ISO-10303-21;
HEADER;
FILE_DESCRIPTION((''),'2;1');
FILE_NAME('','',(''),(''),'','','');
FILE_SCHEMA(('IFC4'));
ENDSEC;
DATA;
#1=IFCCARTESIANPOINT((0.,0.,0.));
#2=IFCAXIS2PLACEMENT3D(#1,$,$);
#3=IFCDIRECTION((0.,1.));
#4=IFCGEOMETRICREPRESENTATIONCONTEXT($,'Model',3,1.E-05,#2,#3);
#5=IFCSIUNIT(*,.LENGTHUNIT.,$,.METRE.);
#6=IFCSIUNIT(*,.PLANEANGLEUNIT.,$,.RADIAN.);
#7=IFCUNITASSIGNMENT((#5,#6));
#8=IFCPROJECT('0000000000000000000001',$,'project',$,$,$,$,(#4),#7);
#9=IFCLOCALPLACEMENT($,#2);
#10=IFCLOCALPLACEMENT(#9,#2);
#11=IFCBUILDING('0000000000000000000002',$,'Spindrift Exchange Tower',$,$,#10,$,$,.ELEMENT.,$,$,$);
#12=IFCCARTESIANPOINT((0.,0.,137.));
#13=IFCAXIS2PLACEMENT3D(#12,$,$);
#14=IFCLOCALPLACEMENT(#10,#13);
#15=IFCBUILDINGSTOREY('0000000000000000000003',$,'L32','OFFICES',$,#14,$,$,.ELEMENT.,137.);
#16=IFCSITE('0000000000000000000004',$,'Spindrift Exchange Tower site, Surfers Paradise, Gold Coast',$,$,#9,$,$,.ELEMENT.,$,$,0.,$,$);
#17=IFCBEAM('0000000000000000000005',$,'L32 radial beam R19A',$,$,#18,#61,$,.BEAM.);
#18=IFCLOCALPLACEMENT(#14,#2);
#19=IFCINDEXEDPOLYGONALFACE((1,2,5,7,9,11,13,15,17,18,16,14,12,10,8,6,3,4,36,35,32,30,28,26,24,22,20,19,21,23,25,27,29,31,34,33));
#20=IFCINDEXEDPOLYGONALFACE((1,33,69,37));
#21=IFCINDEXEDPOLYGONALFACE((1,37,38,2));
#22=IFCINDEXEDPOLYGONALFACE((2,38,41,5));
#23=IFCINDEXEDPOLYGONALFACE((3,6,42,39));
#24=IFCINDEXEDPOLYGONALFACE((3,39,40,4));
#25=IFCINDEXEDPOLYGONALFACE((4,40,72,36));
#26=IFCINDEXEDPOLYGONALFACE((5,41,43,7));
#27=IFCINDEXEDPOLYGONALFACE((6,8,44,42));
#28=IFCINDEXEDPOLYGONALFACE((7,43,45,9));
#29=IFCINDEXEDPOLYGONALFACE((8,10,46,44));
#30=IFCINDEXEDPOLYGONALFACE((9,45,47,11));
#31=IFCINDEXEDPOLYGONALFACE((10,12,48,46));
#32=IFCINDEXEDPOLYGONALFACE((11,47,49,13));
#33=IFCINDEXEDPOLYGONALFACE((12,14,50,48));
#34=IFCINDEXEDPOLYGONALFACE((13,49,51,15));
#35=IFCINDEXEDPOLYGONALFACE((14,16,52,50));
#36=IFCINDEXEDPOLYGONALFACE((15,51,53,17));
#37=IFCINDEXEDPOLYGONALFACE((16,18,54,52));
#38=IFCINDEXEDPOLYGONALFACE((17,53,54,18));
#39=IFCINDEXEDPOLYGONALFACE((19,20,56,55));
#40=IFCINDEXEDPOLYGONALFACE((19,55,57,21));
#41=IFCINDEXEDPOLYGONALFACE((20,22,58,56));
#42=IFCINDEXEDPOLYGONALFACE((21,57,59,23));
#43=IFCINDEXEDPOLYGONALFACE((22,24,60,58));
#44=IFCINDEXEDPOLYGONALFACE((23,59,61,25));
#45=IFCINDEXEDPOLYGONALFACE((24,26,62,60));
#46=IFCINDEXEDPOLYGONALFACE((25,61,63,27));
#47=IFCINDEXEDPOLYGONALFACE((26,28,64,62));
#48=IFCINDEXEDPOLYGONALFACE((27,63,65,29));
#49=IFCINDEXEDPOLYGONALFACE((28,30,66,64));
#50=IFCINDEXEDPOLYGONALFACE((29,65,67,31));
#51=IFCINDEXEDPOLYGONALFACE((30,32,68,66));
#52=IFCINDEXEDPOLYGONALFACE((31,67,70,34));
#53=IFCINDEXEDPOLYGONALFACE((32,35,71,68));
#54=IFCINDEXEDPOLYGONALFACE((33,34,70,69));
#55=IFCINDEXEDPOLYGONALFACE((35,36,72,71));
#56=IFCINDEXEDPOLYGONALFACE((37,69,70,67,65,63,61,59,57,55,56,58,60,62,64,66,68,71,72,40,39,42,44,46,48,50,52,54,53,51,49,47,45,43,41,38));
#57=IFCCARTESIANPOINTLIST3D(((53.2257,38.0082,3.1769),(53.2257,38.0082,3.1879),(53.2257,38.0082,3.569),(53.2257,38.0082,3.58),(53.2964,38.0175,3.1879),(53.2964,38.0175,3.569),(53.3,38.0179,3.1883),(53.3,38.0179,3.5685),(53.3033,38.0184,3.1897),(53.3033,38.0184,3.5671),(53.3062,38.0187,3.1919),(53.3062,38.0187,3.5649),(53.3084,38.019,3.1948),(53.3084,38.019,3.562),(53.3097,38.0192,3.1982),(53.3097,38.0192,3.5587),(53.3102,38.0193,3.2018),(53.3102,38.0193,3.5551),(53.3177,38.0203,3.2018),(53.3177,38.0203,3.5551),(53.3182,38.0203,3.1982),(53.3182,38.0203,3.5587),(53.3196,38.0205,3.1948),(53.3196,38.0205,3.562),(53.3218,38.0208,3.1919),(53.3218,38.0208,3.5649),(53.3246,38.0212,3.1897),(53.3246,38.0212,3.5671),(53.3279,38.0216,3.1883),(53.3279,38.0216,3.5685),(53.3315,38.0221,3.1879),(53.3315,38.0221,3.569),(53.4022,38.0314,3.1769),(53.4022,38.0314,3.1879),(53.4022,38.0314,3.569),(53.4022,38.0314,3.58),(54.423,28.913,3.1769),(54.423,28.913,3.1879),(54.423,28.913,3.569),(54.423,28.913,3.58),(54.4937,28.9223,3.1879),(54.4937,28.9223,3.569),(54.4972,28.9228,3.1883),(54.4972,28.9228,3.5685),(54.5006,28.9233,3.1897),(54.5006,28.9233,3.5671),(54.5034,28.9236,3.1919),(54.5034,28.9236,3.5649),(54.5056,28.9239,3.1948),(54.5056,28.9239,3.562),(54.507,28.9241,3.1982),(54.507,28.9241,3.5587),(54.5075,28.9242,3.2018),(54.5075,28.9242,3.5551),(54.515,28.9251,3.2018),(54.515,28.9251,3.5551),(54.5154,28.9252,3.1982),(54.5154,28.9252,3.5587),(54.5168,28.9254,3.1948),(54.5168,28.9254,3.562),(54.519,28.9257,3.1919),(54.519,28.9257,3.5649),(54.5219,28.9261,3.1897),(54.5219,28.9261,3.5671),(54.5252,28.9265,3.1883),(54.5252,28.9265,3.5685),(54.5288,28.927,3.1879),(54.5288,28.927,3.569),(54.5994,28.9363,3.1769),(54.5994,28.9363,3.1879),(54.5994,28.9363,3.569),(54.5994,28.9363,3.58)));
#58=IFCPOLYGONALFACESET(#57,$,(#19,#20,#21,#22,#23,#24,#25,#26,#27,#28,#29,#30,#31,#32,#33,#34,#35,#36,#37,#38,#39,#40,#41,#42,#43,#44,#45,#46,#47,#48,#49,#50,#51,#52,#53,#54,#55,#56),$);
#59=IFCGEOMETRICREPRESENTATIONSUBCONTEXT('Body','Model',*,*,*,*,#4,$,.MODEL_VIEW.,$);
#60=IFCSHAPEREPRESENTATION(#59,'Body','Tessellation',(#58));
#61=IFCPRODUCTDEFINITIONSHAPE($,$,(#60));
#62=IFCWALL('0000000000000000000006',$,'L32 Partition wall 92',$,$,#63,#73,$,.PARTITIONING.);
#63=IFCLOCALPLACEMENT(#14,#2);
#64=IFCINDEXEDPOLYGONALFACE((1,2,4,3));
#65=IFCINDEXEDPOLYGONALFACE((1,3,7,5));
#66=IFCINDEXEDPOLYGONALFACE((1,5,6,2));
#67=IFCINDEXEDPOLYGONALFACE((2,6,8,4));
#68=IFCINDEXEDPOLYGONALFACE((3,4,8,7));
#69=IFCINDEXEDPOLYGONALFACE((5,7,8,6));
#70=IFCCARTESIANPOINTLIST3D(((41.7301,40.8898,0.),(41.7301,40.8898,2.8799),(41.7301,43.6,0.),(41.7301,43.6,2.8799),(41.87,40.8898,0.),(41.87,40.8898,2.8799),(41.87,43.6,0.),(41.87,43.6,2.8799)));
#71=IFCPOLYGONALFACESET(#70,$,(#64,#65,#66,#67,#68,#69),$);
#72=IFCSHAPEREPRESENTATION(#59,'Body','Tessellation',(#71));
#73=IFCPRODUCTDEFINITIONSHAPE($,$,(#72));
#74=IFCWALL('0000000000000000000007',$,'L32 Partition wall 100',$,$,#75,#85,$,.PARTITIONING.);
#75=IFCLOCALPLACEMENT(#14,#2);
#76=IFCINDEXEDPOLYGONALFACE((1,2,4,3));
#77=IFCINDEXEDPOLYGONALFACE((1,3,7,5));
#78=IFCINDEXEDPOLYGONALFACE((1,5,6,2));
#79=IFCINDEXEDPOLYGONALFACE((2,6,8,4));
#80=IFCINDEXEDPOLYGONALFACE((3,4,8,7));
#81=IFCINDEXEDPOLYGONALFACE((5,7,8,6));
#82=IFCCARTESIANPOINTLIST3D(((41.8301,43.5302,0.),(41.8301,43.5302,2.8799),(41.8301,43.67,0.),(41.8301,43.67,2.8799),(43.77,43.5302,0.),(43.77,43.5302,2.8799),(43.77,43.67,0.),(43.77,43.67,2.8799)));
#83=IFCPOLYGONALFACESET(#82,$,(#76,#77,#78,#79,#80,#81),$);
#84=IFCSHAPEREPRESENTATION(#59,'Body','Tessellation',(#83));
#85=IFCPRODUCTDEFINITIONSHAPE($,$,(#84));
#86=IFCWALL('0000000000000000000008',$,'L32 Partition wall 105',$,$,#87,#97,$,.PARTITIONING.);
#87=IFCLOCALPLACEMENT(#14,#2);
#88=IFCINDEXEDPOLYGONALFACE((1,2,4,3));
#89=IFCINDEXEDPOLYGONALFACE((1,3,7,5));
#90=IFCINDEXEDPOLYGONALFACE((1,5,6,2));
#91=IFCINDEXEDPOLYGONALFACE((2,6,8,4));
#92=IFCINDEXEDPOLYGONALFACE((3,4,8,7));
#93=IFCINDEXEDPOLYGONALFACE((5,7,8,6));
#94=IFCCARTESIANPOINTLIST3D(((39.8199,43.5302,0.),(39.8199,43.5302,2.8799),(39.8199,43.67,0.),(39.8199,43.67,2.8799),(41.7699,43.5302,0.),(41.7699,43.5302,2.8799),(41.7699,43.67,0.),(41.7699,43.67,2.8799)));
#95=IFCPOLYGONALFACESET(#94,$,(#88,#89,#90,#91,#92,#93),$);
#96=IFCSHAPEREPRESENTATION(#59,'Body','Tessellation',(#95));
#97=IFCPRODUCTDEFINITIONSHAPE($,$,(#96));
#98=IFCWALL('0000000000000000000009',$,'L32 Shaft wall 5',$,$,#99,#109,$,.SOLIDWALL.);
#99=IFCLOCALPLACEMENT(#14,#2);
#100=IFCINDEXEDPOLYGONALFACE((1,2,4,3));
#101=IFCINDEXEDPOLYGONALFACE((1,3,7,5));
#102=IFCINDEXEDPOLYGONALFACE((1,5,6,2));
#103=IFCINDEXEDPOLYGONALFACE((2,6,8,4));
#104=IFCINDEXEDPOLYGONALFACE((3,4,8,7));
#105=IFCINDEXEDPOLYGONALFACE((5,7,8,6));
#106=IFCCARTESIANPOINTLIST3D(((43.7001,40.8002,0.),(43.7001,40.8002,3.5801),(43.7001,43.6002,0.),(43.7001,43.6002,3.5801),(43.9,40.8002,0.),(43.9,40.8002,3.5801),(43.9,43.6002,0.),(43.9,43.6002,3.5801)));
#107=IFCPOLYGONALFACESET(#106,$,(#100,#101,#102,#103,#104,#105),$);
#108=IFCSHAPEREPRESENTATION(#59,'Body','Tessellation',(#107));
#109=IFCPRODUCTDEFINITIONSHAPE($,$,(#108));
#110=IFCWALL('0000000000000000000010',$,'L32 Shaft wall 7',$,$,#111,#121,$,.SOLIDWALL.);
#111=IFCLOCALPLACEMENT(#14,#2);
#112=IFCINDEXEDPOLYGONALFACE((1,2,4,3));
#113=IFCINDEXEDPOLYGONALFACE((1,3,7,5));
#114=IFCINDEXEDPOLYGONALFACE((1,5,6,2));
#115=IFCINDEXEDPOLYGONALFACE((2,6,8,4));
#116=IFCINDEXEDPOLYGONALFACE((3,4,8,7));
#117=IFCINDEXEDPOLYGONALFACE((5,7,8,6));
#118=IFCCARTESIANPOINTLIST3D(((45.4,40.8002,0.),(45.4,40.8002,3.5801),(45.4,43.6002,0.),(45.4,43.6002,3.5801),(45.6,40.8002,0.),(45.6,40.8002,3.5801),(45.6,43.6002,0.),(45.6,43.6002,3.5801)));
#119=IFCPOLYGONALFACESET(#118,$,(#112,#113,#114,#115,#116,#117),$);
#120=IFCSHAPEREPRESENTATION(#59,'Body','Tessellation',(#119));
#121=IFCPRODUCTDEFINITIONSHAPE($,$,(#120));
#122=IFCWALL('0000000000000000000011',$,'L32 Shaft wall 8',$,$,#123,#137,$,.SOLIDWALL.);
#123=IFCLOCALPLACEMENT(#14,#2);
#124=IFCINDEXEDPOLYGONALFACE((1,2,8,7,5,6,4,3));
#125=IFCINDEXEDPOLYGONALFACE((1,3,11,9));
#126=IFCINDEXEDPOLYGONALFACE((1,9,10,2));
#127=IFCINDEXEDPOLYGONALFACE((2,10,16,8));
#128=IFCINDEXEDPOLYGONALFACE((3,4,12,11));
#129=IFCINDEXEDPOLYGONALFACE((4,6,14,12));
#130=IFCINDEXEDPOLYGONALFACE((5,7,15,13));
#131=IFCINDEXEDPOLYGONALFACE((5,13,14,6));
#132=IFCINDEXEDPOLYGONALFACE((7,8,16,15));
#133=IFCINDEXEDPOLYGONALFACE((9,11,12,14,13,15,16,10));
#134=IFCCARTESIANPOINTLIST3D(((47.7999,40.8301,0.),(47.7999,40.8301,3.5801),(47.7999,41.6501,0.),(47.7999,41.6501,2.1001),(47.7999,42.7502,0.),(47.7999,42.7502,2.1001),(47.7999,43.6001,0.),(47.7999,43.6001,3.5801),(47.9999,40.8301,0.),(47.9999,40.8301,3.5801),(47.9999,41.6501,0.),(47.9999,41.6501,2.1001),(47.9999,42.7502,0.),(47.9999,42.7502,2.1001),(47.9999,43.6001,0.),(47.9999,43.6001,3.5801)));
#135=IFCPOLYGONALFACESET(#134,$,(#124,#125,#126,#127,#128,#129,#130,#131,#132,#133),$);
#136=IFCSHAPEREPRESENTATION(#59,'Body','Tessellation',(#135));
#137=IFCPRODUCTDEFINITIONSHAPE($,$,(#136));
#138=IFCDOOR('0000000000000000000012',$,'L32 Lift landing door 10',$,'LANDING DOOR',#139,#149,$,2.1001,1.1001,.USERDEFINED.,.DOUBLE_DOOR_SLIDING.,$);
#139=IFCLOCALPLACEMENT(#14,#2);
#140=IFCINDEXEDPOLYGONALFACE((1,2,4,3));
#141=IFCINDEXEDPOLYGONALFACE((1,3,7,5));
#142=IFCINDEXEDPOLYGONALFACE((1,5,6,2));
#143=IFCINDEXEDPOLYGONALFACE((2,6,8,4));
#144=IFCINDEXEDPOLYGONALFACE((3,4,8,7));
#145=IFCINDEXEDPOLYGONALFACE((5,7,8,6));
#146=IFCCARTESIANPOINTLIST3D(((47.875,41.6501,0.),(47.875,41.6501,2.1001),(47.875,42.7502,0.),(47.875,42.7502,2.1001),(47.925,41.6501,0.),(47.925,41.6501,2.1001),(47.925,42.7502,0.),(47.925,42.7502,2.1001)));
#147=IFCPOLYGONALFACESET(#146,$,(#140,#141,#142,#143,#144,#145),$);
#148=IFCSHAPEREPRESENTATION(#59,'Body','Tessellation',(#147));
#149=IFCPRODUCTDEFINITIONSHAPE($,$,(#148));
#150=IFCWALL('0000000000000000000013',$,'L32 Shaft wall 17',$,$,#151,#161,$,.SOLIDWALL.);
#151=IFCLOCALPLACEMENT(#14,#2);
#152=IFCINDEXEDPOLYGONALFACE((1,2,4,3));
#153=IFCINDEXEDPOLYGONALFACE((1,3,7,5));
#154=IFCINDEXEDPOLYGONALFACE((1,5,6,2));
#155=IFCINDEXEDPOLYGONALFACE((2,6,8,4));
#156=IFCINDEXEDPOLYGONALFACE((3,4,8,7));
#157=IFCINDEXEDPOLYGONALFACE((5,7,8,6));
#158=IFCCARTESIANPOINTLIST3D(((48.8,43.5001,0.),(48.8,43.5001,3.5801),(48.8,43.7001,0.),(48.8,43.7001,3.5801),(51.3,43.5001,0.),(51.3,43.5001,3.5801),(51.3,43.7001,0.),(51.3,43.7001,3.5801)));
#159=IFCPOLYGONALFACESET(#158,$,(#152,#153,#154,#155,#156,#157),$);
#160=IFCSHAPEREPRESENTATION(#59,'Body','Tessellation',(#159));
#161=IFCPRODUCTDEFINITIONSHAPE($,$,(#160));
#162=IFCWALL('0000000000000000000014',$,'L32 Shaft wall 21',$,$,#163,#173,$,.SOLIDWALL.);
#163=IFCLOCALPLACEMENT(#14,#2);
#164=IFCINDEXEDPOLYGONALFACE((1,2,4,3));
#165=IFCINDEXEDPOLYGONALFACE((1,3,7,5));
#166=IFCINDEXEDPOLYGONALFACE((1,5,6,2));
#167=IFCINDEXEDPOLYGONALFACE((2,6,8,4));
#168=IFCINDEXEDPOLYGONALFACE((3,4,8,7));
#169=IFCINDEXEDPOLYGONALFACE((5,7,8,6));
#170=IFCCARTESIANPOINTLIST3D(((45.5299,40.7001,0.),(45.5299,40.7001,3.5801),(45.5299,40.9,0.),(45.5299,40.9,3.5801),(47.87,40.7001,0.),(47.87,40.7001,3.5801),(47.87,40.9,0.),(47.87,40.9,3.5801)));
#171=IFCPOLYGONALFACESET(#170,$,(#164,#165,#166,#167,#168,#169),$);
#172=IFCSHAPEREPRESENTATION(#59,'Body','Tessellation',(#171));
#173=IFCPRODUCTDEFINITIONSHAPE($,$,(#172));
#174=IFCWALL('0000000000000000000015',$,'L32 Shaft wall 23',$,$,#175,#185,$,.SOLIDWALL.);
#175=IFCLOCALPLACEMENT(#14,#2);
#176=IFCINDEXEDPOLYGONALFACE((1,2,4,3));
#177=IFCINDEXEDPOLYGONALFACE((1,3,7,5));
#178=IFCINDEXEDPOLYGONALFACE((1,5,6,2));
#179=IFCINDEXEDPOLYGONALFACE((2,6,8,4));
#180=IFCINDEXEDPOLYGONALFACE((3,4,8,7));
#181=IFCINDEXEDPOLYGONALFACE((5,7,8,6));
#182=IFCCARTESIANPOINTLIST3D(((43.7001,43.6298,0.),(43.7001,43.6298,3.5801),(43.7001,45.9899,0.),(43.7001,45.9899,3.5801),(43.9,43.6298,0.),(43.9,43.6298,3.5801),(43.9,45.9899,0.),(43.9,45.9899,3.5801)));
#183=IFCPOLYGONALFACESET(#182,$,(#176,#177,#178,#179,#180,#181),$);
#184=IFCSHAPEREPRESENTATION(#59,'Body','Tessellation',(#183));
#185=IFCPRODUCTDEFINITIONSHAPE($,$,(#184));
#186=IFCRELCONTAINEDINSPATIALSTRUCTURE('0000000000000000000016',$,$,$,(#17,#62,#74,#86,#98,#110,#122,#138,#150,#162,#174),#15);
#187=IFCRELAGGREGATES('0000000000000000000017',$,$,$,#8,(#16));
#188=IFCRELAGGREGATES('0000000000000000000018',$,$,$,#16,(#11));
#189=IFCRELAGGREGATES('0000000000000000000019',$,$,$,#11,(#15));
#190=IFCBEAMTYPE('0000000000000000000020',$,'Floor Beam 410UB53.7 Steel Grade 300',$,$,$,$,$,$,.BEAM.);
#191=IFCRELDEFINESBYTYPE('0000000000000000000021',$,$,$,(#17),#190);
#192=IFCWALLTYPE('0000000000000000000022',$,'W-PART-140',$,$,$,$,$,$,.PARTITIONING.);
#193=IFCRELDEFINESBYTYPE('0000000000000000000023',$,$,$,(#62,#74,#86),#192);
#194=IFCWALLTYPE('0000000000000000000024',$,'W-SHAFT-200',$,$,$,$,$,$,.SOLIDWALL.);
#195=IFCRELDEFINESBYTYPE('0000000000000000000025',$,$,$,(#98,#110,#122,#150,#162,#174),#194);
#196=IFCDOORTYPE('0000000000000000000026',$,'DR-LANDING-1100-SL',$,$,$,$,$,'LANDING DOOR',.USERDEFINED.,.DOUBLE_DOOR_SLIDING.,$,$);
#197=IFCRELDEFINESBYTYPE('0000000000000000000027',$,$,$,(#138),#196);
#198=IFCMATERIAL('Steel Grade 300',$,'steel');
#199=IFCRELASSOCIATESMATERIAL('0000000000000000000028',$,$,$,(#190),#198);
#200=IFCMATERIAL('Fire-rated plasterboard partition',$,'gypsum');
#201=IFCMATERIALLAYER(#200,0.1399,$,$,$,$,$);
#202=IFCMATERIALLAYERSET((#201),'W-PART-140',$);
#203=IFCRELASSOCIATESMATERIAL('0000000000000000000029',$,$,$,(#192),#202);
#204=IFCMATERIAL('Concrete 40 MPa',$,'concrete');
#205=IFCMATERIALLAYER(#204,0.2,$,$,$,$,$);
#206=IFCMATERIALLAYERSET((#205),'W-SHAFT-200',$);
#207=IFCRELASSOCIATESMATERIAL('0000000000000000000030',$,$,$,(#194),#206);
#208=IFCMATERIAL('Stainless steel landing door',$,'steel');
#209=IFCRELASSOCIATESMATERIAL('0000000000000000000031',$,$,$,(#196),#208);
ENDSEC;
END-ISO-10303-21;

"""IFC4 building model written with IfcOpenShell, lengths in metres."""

from ifc_helpers import new_model, si_unit, direction, frame, frame_2d, origin, origin_2d, place, context, subcontext, project, spatial, rectangle, i_section, extrude, source, transform, mapped, material, layer, layer_set, material_profile, profile_set, type_object, element, fill, save


model = new_model("IFC4")

# Units and contexts
model_context = context("Model", 3, precision=1e-05, world=origin(), true_north=direction((0.0, 1.0)))
body_context = subcontext(model_context, "Body", "Model", "MODEL_VIEW")
ifc_project = project(units=[si_unit("LENGTHUNIT", "METRE"), si_unit("PLANEANGLEUNIT", "RADIAN")], contexts=[model_context])

# Site, building, storey
site_placement = place(None, origin())
site = spatial("IfcSite", under=ifc_project, at=site_placement, Name="Spindrift Exchange Tower site, Surfers Paradise, Gold Coast", CompositionType="ELEMENT", RefElevation=0.0)
building_placement = place(site_placement, origin())
building = spatial("IfcBuilding", under=site, at=building_placement, Name="Spindrift Exchange Tower", CompositionType="ELEMENT")
storey_placement = place(building_placement, frame((0.0, 0.0, 137.0)))
storey = spatial("IfcBuildingStorey", under=building, at=storey_placement, Name="L32", Description="OFFICES", CompositionType="ELEMENT", Elevation=137.0)

# Beam
ifc_material_1 = material(Name="Steel Grade 300", Category="steel")
ifc_material_profile_1 = material_profile(ifc_material_1, i_section(OverallWidth=0.178, OverallDepth=0.4031, WebThickness=0.0076, FlangeThickness=0.011, FilletRadius=0.0139, at=origin_2d()), Name="410UB53.7")
ifc_profile_set_1 = profile_set([ifc_material_profile_1], Name="Steel Grade 300")
beam_type_1 = type_object("IfcBeamType", Name="Floor Beam 410UB53.7 Steel Grade 300", PredefinedType="BEAM", material=ifc_profile_set_1)
shared_shape_1 = source(origin(), body_context, "Body", "SweptSolid", [
    extrude(i_section(OverallWidth=0.178, OverallDepth=0.4031, WebThickness=0.0076, FlangeThickness=0.011, FilletRadius=0.0139, at=origin_2d()), origin(), (0.0, 0.0, 1.0), 9.1736),
])
beam_1_placement = place(storey_placement, frame((53.314, 38.0198, 3.3784), z_axis=(0.130511, -0.991447, 0.0), x_axis=(0.991447, 0.130511, 0.0)))
element("IfcBeam", 1, at=beam_1_placement, inside=storey, type_object=beam_type_1, Name="L32 radial beam R19A", PredefinedType="BEAM", context=body_context, shape_type="MappedRepresentation", body=[
    mapped(shared_shape_1, transform((0.0, 0.0, 0.0), scale=1.0)),
])

# Walls
ifc_material_2 = material(Name="Fire-rated plasterboard partition", Category="gypsum")
ifc_layer_1 = layer(ifc_material_2, 0.1399)
ifc_layer_set_1 = layer_set([ifc_layer_1], Name="W-PART-140")
wall_type_1 = type_object("IfcWallType", Name="W-PART-140", PredefinedType="PARTITIONING", material=ifc_layer_set_1)
wall_1_placement = place(storey_placement, frame((41.8, 40.8899, 0.0), z_axis=(0.0, 0.0, 1.0), x_axis=(0.0, 1.0, 0.0)))
element("IfcWall", 2, at=wall_1_placement, inside=storey, type_object=wall_type_1, Name="L32 Partition wall 92", PredefinedType="PARTITIONING", context=body_context, shape_type="SweptSolid", body=[
    extrude(rectangle(XDim=2.7102, YDim=0.1399, at=frame_2d((1.355, 0.0))), origin(), (0.0, 0.0, 1.0), 2.8799),
])
wall_2_placement = place(storey_placement, frame((43.77, 43.6001, 0.0), z_axis=(0.0, 0.0, 1.0), x_axis=(-1.0, 0.0, 0.0)))
element("IfcWall", 3, at=wall_2_placement, inside=storey, type_object=wall_type_1, Name="L32 Partition wall 100", PredefinedType="PARTITIONING", context=body_context, shape_type="SweptSolid", body=[
    extrude(rectangle(XDim=1.9399, YDim=0.1399, at=frame_2d((0.97, 0.0))), origin(), (0.0, 0.0, 1.0), 2.8799),
])
wall_3_placement = place(storey_placement, frame((41.77, 43.6001, 0.0), z_axis=(0.0, 0.0, 1.0), x_axis=(-1.0, 0.0, 0.0)))
element("IfcWall", 4, at=wall_3_placement, inside=storey, type_object=wall_type_1, Name="L32 Partition wall 105", PredefinedType="PARTITIONING", context=body_context, shape_type="SweptSolid", body=[
    extrude(rectangle(XDim=1.95, YDim=0.1399, at=frame_2d((0.9751, 0.0))), origin(), (0.0, 0.0, 1.0), 2.8799),
])
ifc_material_3 = material(Name="Concrete 40 MPa", Category="concrete")
ifc_layer_2 = layer(ifc_material_3, 0.2)
ifc_layer_set_2 = layer_set([ifc_layer_2], Name="W-SHAFT-200")
wall_type_2 = type_object("IfcWallType", Name="W-SHAFT-200", PredefinedType="SOLIDWALL", material=ifc_layer_set_2)
for number, where, z_axis, x_axis, name in (
    (5, (43.8, 43.6001, 0.0), (0.0, 0.0, 1.0), (0.0, -1.0, 0.0), "L32 Shaft wall 5"),
    (6, (45.5, 43.6001, 0.0), (0.0, 0.0, 1.0), (0.0, -1.0, 0.0), "L32 Shaft wall 7"),
):
    element("IfcWall", number, at=place(storey_placement, frame(where, z_axis=z_axis, x_axis=x_axis)), inside=storey, type_object=wall_type_2, Name=name, PredefinedType="SOLIDWALL", context=body_context, shape_type="SweptSolid", body=[
        extrude(rectangle(XDim=2.8, YDim=0.2, at=frame_2d((1.3999, 0.0))), origin(), (0.0, 0.0, 1.0), 3.5801),
    ])

# Wall, opening, door
wall_4_placement = place(storey_placement, frame((47.8999, 40.8301, 0.0), z_axis=(0.0, 0.0, 1.0), x_axis=(0.0, 1.0, 0.0)))
wall_4 = element("IfcWall", 7, at=wall_4_placement, inside=storey, type_object=wall_type_2, Name="L32 Shaft wall 8", PredefinedType="SOLIDWALL", context=body_context, shape_type="SweptSolid", body=[
    extrude(rectangle(XDim=2.77, YDim=0.2, at=frame_2d((1.385, 0.0))), origin(), (0.0, 0.0, 1.0), 3.5801),
])
opening_1_placement = place(wall_4_placement, frame((0.8201, 0.0, 0.0)))
opening_1 = element("IfcOpeningElement", 8, at=opening_1_placement, cuts=wall_4, PredefinedType="OPENING", context=body_context, shape_type="SweptSolid", body=[
    extrude(rectangle(XDim=1.1001, YDim=2.1001, at=frame_2d((0.55, 1.05))), frame((0.0, 0.1099, 0.0), z_axis=(0.0, -1.0, 0.0), x_axis=(1.0, 0.0, 0.0)), (0.0, 0.0, 1.0), 0.22),
])
ifc_material_4 = material(Name="Stainless steel landing door", Category="steel")
door_type_1 = type_object("IfcDoorType", Name="DR-LANDING-1100-SL", ElementType="LANDING DOOR", OperationType="DOUBLE_DOOR_SLIDING", PredefinedType="USERDEFINED", material=ifc_material_4)
shared_shape_2 = source(origin(), body_context, "Body", "SweptSolid", [
    extrude(rectangle(XDim=1.1001, YDim=2.1001, at=frame_2d((0.55, 1.05))), frame((0.0, 0.0249, 0.0), z_axis=(0.0, -1.0, 0.0), x_axis=(1.0, 0.0, 0.0)), (0.0, 0.0, 1.0), 0.05),
])
door_1_placement = place(opening_1_placement, origin())
door_1 = element("IfcDoor", 9, at=door_1_placement, inside=storey, type_object=door_type_1, Name="L32 Lift landing door 10", ObjectType="LANDING DOOR", OperationType="DOUBLE_DOOR_SLIDING", OverallHeight=2.1001, OverallWidth=1.1001, PredefinedType="USERDEFINED", context=body_context, shape_type="MappedRepresentation", body=[
    mapped(shared_shape_2, transform((0.0, 0.0, 0.0), scale=1.0)),
])
fill(opening_1, door_1)

# Walls
wall_5_placement = place(storey_placement, frame((48.8, 43.6001, 0.0), z_axis=(0.0, 0.0, 1.0), x_axis=(1.0, 0.0, 0.0)))
element("IfcWall", 10, at=wall_5_placement, inside=storey, type_object=wall_type_2, Name="L32 Shaft wall 17", PredefinedType="SOLIDWALL", context=body_context, shape_type="SweptSolid", body=[
    extrude(rectangle(XDim=2.5, YDim=0.2, at=frame_2d((1.25, 0.0))), origin(), (0.0, 0.0, 1.0), 3.5801),
])
wall_6_placement = place(storey_placement, frame((45.53, 40.8, 0.0), z_axis=(0.0, 0.0, 1.0), x_axis=(1.0, 0.0, 0.0)))
element("IfcWall", 11, at=wall_6_placement, inside=storey, type_object=wall_type_2, Name="L32 Shaft wall 21", PredefinedType="SOLIDWALL", context=body_context, shape_type="SweptSolid", body=[
    extrude(rectangle(XDim=2.3401, YDim=0.2, at=frame_2d((1.1699, 0.0))), origin(), (0.0, 0.0, 1.0), 3.5801),
])
wall_7_placement = place(storey_placement, frame((43.8, 45.99, 0.0), z_axis=(0.0, 0.0, 1.0), x_axis=(0.0, -1.0, 0.0)))
element("IfcWall", 12, at=wall_7_placement, inside=storey, type_object=wall_type_2, Name="L32 Shaft wall 23", PredefinedType="SOLIDWALL", context=body_context, shape_type="SweptSolid", body=[
    extrude(rectangle(XDim=2.3601, YDim=0.2, at=frame_2d((1.1802, 0.0))), origin(), (0.0, 0.0, 1.0), 3.5801),
])

save(model, "model.ifc")
